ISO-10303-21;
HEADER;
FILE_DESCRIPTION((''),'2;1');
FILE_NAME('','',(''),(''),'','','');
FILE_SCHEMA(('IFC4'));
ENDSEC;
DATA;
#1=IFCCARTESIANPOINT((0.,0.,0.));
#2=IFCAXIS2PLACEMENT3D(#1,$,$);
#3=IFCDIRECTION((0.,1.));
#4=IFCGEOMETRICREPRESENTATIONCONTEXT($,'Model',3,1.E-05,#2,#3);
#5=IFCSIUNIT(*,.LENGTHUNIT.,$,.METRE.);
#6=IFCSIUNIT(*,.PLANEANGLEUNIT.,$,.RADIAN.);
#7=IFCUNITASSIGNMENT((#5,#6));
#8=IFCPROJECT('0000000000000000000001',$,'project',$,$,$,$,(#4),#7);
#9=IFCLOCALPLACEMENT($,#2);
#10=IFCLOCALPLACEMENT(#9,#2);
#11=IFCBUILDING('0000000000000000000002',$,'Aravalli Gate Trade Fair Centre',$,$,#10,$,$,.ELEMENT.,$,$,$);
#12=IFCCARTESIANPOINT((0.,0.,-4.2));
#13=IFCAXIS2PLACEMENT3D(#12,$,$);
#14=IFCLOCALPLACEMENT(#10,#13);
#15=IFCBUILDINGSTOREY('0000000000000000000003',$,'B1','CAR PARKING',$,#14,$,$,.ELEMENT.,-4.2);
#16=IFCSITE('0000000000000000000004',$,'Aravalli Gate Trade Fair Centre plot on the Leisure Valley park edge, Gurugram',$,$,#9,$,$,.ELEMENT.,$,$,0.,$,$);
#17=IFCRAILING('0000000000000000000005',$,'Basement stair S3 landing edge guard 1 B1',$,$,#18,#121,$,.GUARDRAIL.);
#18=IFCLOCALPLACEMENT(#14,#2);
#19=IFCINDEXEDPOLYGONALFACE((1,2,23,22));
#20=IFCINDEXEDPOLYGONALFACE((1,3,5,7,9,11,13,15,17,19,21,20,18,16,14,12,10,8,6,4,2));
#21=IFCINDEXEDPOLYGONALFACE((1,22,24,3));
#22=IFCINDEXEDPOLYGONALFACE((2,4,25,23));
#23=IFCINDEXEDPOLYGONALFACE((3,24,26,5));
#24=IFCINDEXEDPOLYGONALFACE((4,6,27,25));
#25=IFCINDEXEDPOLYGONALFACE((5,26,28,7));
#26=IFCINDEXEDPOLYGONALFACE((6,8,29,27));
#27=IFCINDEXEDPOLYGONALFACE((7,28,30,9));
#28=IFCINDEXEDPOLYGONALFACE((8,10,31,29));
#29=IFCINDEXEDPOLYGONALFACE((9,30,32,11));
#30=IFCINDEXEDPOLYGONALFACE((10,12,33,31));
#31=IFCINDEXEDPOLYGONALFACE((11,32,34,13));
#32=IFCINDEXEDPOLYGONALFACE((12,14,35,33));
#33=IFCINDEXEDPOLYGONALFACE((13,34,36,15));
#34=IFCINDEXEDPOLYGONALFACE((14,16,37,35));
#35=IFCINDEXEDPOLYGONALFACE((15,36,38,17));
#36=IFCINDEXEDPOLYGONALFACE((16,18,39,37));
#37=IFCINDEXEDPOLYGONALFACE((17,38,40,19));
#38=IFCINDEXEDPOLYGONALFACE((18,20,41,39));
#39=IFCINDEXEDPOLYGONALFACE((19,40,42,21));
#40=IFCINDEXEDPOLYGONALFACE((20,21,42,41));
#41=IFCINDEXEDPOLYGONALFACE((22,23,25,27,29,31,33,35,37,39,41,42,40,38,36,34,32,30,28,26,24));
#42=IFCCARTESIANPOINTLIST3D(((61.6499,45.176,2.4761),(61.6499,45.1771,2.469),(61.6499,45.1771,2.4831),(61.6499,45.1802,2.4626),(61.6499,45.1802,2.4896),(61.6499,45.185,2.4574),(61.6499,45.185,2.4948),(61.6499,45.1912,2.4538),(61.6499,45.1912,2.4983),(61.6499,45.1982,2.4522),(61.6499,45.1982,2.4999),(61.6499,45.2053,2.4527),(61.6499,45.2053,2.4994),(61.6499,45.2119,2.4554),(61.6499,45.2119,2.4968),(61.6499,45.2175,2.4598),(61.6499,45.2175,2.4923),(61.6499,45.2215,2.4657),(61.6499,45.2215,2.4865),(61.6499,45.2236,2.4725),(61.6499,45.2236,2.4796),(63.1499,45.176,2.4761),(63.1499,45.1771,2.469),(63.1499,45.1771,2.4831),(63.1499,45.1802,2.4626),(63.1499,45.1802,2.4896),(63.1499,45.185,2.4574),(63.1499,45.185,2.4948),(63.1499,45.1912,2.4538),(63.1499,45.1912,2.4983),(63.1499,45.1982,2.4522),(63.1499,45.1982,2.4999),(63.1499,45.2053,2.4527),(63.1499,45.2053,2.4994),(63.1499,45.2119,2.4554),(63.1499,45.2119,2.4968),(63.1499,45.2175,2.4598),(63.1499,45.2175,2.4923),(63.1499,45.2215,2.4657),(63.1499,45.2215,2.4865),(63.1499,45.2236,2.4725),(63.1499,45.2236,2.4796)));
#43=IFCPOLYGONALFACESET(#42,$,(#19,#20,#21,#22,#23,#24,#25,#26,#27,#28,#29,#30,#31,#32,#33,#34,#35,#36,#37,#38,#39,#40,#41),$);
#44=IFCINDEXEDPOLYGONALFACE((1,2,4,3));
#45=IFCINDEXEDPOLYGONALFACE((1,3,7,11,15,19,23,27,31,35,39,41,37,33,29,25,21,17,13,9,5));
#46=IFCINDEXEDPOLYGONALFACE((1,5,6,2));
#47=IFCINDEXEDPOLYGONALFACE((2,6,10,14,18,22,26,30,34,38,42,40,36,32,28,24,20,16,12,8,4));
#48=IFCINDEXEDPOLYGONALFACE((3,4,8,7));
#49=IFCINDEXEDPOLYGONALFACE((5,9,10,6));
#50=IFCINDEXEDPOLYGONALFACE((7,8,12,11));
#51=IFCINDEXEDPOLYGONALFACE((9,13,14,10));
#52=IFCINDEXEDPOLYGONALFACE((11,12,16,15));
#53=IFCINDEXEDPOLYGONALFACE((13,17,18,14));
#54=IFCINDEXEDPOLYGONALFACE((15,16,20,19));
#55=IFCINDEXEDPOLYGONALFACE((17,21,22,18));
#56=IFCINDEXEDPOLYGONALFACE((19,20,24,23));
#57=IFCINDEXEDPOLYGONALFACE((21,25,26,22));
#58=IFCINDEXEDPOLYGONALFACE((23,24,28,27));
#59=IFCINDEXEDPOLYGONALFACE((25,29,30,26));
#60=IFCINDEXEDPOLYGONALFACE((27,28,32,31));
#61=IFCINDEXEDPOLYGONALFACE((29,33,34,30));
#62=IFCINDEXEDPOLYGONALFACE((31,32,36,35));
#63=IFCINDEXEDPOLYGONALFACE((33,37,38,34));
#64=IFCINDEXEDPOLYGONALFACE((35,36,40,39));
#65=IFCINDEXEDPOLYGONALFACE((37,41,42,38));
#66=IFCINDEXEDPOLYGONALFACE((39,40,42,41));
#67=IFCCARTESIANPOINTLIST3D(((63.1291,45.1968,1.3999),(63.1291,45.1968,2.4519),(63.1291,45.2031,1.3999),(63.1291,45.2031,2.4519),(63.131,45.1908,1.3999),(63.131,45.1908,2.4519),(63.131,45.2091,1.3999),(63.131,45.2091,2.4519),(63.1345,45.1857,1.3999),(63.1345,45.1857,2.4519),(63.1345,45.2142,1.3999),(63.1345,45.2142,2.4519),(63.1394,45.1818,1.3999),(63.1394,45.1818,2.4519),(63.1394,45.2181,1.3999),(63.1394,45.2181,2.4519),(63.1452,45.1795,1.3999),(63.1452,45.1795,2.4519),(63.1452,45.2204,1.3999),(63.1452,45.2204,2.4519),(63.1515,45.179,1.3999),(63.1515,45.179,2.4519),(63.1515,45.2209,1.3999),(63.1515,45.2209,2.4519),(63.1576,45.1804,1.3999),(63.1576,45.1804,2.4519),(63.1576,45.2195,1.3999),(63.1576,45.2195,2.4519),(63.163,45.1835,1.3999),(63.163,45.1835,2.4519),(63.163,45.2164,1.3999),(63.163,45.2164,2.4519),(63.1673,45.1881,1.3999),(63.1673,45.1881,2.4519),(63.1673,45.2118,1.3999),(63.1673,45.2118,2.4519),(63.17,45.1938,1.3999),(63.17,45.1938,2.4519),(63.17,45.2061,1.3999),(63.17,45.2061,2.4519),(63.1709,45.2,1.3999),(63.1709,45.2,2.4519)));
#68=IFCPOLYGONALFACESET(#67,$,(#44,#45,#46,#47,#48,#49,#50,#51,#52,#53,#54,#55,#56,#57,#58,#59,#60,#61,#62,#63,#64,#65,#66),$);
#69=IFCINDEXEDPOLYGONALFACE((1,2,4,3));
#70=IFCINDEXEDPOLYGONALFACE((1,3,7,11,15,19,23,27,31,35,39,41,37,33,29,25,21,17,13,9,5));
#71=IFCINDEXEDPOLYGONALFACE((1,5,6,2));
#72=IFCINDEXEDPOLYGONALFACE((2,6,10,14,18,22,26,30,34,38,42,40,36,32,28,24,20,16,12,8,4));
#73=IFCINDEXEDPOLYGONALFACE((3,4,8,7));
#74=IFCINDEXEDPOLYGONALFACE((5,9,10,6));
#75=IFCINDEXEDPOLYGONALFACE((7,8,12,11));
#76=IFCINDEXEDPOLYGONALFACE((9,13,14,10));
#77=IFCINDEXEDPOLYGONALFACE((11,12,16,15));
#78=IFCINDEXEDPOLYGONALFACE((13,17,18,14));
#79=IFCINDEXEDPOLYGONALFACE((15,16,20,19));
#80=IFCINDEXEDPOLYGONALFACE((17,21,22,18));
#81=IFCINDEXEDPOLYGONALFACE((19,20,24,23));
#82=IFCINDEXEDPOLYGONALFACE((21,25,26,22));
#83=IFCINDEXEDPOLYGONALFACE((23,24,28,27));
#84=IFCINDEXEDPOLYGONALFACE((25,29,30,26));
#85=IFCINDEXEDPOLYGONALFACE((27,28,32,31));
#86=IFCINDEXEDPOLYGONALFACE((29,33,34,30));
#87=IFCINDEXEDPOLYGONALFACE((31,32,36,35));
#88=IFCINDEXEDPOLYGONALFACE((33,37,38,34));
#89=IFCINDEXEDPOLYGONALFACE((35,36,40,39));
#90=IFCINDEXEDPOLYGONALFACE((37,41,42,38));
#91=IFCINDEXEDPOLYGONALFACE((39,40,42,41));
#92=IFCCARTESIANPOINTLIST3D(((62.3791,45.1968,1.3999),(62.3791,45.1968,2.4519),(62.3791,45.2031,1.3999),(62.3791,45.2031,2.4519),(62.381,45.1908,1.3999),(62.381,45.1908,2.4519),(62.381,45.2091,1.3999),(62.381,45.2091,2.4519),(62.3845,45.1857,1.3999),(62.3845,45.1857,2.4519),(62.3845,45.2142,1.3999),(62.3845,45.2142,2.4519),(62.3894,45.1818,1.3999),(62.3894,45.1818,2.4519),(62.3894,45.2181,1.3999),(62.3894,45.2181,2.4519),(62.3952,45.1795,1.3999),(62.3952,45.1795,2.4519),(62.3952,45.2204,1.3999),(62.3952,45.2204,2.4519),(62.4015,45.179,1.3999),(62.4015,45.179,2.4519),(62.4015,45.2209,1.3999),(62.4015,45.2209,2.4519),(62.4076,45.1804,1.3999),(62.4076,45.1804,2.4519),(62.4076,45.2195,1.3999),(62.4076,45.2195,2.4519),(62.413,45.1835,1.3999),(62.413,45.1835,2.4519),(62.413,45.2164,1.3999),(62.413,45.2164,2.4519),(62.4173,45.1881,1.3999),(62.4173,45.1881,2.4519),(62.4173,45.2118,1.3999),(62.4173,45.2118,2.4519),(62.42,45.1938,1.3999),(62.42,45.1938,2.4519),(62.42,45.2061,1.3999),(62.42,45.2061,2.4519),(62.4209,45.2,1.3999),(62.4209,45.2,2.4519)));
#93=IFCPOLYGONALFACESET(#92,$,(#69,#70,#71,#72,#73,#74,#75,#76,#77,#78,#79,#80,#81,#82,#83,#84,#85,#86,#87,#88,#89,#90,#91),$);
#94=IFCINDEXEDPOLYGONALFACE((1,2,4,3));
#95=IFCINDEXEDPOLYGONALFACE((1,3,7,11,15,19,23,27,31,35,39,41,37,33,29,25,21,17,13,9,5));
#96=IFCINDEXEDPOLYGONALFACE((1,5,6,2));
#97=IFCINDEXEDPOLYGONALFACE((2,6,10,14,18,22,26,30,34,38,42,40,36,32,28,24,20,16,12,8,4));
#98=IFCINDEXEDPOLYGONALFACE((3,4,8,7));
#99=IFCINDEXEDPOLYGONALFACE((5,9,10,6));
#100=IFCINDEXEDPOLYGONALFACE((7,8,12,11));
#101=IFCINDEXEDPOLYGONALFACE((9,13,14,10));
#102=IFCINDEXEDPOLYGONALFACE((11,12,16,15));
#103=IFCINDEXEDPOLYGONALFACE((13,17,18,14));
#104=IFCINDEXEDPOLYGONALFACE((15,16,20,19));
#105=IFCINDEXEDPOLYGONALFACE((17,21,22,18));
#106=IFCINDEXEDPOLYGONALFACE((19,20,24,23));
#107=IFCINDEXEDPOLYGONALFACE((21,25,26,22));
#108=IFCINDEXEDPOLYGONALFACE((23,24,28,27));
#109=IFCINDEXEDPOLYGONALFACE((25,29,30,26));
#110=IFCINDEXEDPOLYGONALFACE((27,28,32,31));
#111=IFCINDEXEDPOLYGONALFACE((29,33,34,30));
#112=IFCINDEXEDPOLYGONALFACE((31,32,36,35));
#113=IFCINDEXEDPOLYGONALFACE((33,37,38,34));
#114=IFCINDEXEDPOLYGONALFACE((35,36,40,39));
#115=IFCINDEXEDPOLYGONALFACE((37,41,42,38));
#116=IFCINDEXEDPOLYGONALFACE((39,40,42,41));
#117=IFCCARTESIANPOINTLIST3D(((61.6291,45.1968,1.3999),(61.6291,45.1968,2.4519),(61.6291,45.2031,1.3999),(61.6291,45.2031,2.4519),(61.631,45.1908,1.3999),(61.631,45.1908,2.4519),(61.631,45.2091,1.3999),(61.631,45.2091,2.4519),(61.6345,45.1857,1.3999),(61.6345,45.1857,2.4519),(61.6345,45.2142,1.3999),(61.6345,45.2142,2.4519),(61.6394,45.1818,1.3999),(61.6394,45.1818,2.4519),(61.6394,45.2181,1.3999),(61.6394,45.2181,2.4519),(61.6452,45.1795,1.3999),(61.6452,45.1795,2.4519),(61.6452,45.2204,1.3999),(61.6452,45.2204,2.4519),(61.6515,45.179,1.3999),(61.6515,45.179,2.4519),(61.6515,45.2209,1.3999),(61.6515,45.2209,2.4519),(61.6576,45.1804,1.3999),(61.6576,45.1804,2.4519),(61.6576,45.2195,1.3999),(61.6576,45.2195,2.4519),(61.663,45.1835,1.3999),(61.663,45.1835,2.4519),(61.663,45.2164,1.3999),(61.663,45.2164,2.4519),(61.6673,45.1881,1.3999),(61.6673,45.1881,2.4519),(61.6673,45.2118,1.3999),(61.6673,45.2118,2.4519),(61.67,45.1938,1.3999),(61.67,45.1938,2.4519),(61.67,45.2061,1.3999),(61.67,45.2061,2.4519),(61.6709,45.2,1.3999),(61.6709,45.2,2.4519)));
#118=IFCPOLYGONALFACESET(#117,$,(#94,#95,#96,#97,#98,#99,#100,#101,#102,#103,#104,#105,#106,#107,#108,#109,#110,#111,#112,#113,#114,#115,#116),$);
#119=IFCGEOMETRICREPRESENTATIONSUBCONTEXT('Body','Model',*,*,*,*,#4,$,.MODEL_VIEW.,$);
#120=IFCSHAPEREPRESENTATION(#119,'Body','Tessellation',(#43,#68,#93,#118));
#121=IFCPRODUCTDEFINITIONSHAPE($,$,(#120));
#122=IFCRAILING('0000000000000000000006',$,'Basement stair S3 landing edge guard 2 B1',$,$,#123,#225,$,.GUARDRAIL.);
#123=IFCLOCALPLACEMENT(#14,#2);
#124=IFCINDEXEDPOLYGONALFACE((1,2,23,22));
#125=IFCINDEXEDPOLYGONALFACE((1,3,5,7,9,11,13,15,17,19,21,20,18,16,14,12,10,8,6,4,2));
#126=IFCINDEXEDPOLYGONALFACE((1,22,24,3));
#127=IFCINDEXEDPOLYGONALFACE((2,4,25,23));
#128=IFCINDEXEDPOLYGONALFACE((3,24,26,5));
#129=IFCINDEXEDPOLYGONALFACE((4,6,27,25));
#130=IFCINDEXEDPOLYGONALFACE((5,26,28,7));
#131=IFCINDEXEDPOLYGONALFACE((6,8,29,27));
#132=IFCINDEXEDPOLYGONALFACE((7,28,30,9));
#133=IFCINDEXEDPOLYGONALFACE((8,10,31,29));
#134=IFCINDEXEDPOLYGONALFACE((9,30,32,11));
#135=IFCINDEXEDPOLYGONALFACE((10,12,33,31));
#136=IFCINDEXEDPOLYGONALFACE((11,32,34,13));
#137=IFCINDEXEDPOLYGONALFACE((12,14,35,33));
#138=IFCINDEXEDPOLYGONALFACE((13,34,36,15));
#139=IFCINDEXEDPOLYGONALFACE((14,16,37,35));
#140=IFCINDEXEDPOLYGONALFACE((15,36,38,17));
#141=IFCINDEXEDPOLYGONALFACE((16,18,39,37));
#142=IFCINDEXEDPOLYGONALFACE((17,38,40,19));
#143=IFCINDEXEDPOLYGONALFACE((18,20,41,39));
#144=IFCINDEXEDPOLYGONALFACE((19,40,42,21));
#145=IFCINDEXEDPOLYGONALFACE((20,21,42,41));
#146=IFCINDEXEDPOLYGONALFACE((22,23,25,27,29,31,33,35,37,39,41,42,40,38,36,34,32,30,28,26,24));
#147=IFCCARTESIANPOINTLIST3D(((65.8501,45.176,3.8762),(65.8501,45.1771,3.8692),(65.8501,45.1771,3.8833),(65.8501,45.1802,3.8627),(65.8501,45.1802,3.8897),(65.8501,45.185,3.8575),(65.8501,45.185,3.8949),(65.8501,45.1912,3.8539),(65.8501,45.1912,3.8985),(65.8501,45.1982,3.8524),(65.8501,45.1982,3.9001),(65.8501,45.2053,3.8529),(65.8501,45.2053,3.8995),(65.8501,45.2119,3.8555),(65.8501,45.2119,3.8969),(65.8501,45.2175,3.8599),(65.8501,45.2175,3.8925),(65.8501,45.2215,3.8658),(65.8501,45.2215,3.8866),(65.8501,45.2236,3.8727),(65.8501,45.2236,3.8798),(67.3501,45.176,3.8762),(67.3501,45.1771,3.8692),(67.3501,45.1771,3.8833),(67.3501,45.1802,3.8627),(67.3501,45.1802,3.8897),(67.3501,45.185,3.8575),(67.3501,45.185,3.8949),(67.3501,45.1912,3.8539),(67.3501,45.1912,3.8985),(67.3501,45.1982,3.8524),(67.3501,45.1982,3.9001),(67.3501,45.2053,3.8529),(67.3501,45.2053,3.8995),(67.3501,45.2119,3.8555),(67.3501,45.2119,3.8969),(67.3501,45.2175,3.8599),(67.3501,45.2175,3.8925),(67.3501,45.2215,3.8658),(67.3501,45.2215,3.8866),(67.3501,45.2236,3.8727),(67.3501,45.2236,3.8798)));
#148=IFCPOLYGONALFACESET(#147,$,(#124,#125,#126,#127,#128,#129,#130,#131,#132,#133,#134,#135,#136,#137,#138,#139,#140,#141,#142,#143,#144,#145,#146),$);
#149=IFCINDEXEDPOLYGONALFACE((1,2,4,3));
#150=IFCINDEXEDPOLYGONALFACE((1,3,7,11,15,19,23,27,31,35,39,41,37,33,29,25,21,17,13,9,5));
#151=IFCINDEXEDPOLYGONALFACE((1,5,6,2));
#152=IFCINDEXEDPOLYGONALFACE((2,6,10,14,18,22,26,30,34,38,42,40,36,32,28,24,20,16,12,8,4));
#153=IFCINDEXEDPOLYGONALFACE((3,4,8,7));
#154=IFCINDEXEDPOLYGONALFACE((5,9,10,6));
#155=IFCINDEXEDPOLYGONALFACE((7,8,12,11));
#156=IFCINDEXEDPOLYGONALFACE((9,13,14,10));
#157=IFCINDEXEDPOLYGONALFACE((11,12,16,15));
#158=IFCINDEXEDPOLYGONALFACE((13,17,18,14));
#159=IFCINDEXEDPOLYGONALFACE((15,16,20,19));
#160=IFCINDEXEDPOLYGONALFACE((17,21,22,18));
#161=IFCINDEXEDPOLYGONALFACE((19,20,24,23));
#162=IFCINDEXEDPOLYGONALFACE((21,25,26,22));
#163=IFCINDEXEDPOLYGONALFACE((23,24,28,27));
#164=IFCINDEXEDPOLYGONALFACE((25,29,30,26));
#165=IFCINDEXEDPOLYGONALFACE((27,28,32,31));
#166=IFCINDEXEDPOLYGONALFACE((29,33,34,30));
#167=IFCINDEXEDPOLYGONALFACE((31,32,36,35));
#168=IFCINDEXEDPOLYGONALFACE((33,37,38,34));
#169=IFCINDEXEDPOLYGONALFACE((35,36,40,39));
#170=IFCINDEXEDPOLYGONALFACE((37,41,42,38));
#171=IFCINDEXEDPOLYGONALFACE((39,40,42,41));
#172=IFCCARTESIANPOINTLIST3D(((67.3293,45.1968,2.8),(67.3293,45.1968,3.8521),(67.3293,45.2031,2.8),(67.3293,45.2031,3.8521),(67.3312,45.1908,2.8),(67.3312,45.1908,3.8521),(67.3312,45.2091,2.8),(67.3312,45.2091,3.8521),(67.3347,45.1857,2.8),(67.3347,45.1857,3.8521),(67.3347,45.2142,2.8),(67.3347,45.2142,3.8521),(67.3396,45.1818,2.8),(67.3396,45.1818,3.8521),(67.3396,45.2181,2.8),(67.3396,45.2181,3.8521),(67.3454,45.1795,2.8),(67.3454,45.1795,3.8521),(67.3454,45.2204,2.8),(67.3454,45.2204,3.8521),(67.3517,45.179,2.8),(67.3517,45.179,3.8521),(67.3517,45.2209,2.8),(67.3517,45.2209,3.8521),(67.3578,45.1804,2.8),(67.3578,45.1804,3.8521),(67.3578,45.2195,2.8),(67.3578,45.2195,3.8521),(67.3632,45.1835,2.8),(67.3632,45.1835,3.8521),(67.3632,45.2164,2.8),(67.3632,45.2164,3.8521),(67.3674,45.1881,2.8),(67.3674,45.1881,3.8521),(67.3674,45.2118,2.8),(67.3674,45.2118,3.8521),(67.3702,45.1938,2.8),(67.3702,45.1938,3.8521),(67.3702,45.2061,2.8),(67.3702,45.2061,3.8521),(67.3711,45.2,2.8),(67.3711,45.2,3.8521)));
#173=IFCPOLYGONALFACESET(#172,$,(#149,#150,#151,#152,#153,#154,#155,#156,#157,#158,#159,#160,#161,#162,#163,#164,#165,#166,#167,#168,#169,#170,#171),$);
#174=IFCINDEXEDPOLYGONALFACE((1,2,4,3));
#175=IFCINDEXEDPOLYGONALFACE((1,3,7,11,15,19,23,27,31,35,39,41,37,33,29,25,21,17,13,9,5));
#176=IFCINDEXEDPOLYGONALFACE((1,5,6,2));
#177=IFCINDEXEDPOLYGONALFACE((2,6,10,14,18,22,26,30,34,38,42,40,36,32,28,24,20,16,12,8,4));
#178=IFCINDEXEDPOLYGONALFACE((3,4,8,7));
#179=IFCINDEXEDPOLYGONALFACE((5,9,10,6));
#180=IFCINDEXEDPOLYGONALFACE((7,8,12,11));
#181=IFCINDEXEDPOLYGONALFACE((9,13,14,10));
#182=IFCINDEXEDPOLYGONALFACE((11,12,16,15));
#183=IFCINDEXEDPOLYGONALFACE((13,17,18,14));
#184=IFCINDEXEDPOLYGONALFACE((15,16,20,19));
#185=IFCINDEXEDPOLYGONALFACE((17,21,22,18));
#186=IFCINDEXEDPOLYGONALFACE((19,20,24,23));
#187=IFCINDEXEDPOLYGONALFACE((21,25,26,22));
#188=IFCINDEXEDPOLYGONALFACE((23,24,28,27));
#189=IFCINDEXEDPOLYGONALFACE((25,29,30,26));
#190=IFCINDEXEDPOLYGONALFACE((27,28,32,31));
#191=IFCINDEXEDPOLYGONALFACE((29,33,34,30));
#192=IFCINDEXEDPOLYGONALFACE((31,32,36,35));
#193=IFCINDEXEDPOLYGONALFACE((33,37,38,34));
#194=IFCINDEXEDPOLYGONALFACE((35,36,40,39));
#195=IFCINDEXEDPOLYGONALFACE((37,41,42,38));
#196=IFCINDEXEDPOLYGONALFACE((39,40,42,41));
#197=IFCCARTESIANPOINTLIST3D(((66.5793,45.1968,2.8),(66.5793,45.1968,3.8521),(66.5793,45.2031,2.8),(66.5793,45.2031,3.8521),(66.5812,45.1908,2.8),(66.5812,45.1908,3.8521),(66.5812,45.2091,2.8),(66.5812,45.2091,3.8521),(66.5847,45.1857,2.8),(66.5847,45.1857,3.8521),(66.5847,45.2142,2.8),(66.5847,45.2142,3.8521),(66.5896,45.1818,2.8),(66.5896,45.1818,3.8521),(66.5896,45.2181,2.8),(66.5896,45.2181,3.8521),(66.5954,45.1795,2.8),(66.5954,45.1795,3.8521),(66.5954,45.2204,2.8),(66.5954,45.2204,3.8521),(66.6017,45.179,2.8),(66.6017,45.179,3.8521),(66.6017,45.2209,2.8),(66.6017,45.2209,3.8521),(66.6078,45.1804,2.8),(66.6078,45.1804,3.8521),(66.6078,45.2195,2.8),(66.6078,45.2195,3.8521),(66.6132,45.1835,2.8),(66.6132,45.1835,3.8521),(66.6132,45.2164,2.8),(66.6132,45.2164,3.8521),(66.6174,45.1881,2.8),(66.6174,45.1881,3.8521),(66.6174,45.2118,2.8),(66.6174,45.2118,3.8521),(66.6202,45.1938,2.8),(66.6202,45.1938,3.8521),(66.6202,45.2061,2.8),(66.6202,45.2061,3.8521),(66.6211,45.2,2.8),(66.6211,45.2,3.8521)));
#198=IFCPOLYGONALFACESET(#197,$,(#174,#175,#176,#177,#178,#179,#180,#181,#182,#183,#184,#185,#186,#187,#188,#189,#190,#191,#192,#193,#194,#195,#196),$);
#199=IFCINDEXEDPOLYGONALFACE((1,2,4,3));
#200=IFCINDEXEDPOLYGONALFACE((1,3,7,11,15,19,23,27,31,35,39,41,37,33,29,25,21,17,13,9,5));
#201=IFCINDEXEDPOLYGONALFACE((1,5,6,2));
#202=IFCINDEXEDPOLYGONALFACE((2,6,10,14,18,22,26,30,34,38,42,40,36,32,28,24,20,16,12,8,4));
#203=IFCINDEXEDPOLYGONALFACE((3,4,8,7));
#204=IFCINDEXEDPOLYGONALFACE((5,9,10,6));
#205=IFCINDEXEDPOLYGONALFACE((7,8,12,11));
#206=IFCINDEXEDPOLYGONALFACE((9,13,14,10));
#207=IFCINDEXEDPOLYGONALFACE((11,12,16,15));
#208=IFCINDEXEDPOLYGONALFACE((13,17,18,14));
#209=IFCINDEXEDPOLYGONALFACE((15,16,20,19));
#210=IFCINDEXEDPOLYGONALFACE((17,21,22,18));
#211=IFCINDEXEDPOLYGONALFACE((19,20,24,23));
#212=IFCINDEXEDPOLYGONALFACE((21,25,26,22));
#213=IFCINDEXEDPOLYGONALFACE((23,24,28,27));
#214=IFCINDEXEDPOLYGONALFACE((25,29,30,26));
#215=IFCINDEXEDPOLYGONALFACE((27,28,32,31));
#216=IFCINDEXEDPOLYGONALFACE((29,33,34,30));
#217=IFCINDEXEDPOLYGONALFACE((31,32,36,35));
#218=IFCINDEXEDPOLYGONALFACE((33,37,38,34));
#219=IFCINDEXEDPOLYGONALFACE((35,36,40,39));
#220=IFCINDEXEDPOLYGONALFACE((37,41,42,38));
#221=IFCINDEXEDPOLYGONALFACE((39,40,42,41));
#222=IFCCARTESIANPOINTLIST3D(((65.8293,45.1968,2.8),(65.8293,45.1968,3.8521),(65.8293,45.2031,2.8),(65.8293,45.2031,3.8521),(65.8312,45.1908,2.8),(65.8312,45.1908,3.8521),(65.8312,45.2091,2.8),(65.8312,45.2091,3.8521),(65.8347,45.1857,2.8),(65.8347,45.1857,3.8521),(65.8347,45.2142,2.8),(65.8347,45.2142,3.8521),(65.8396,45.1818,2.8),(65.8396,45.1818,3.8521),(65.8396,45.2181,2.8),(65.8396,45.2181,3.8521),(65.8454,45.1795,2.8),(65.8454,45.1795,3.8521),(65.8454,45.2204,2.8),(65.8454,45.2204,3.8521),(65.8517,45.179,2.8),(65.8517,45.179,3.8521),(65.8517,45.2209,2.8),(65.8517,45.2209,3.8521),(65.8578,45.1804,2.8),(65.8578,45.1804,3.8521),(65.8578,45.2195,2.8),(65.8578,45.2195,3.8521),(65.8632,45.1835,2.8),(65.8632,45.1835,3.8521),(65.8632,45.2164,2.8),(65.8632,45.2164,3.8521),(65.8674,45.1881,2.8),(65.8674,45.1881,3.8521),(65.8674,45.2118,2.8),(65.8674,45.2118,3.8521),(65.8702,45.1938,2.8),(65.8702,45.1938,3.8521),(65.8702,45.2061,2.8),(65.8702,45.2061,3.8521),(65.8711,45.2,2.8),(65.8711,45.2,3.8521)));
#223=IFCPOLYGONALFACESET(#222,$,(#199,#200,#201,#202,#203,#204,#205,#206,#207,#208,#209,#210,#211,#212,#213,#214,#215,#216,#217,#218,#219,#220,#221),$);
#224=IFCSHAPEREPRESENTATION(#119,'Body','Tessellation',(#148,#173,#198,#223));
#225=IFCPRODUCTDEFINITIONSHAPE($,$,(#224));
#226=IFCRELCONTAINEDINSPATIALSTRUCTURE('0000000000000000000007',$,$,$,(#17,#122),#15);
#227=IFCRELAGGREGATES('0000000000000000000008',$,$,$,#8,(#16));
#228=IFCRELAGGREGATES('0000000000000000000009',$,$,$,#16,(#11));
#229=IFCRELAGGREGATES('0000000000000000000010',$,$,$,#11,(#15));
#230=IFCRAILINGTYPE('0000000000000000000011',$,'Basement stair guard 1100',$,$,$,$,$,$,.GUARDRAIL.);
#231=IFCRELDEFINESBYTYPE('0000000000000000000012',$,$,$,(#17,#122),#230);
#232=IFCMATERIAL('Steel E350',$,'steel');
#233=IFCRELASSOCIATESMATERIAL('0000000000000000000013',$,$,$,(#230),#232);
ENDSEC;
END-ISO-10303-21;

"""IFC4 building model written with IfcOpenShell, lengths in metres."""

from ifc_helpers import new_model, si_unit, direction, frame, origin, origin_2d, place, context, subcontext, project, spatial, circle, extrude, material, type_object, element, save


model = new_model("IFC4")

# Units and contexts
model_context = context("Model", 3, precision=1e-05, world=origin(), true_north=direction((0.0, 1.0)))
body_context = subcontext(model_context, "Body", "Model", "MODEL_VIEW")
ifc_project = project(units=[si_unit("LENGTHUNIT", "METRE"), si_unit("PLANEANGLEUNIT", "RADIAN")], contexts=[model_context])

# Site, building, storey
site_placement = place(None, origin())
site = spatial("IfcSite", under=ifc_project, at=site_placement, Name="Aravalli Gate Trade Fair Centre plot on the Leisure Valley park edge, Gurugram", CompositionType="ELEMENT", RefElevation=0.0)
building_placement = place(site_placement, origin())
building = spatial("IfcBuilding", under=site, at=building_placement, Name="Aravalli Gate Trade Fair Centre", CompositionType="ELEMENT")
storey_placement = place(building_placement, frame((0.0, 0.0, -4.2)))
storey = spatial("IfcBuildingStorey", under=building, at=storey_placement, Name="B1", Description="CAR PARKING", CompositionType="ELEMENT", Elevation=-4.2)

# Railings
ifc_material_1 = material(Name="Steel E350", Category="steel")
railing_type = type_object("IfcRailingType", Name="Basement stair guard 1100", PredefinedType="GUARDRAIL", material=ifc_material_1)
for number, where, name in (
    (1, (63.1499, 45.2, 1.3999), "Basement stair S3 landing edge guard 1 B1"),
    (2, (67.3501, 45.2, 2.8), "Basement stair S3 landing edge guard 2 B1"),
):
    element("IfcRailing", number, at=place(storey_placement, frame(where)), inside=storey, type_object=railing_type, Name=name, PredefinedType="GUARDRAIL", context=body_context, shape_type="SweptSolid", body=[
        extrude(circle(Radius=0.0239, at=origin_2d()), frame((0.0, 0.0, 1.0762), z_axis=(-1.0, 0.0, 0.0), x_axis=(0.0, -1.0, 0.0)), (0.0, 0.0, 1.0), 1.5),
        extrude(circle(Radius=0.021, at=origin_2d()), origin(), (0.0, 0.0, 1.0), 1.052),
        extrude(circle(Radius=0.021, at=origin_2d()), frame((-0.75, 0.0, 0.0)), (0.0, 0.0, 1.0), 1.052),
        extrude(circle(Radius=0.021, at=origin_2d()), frame((-1.5, 0.0, 0.0)), (0.0, 0.0, 1.0), 1.052),
    ])

save(model, "model.ifc")
